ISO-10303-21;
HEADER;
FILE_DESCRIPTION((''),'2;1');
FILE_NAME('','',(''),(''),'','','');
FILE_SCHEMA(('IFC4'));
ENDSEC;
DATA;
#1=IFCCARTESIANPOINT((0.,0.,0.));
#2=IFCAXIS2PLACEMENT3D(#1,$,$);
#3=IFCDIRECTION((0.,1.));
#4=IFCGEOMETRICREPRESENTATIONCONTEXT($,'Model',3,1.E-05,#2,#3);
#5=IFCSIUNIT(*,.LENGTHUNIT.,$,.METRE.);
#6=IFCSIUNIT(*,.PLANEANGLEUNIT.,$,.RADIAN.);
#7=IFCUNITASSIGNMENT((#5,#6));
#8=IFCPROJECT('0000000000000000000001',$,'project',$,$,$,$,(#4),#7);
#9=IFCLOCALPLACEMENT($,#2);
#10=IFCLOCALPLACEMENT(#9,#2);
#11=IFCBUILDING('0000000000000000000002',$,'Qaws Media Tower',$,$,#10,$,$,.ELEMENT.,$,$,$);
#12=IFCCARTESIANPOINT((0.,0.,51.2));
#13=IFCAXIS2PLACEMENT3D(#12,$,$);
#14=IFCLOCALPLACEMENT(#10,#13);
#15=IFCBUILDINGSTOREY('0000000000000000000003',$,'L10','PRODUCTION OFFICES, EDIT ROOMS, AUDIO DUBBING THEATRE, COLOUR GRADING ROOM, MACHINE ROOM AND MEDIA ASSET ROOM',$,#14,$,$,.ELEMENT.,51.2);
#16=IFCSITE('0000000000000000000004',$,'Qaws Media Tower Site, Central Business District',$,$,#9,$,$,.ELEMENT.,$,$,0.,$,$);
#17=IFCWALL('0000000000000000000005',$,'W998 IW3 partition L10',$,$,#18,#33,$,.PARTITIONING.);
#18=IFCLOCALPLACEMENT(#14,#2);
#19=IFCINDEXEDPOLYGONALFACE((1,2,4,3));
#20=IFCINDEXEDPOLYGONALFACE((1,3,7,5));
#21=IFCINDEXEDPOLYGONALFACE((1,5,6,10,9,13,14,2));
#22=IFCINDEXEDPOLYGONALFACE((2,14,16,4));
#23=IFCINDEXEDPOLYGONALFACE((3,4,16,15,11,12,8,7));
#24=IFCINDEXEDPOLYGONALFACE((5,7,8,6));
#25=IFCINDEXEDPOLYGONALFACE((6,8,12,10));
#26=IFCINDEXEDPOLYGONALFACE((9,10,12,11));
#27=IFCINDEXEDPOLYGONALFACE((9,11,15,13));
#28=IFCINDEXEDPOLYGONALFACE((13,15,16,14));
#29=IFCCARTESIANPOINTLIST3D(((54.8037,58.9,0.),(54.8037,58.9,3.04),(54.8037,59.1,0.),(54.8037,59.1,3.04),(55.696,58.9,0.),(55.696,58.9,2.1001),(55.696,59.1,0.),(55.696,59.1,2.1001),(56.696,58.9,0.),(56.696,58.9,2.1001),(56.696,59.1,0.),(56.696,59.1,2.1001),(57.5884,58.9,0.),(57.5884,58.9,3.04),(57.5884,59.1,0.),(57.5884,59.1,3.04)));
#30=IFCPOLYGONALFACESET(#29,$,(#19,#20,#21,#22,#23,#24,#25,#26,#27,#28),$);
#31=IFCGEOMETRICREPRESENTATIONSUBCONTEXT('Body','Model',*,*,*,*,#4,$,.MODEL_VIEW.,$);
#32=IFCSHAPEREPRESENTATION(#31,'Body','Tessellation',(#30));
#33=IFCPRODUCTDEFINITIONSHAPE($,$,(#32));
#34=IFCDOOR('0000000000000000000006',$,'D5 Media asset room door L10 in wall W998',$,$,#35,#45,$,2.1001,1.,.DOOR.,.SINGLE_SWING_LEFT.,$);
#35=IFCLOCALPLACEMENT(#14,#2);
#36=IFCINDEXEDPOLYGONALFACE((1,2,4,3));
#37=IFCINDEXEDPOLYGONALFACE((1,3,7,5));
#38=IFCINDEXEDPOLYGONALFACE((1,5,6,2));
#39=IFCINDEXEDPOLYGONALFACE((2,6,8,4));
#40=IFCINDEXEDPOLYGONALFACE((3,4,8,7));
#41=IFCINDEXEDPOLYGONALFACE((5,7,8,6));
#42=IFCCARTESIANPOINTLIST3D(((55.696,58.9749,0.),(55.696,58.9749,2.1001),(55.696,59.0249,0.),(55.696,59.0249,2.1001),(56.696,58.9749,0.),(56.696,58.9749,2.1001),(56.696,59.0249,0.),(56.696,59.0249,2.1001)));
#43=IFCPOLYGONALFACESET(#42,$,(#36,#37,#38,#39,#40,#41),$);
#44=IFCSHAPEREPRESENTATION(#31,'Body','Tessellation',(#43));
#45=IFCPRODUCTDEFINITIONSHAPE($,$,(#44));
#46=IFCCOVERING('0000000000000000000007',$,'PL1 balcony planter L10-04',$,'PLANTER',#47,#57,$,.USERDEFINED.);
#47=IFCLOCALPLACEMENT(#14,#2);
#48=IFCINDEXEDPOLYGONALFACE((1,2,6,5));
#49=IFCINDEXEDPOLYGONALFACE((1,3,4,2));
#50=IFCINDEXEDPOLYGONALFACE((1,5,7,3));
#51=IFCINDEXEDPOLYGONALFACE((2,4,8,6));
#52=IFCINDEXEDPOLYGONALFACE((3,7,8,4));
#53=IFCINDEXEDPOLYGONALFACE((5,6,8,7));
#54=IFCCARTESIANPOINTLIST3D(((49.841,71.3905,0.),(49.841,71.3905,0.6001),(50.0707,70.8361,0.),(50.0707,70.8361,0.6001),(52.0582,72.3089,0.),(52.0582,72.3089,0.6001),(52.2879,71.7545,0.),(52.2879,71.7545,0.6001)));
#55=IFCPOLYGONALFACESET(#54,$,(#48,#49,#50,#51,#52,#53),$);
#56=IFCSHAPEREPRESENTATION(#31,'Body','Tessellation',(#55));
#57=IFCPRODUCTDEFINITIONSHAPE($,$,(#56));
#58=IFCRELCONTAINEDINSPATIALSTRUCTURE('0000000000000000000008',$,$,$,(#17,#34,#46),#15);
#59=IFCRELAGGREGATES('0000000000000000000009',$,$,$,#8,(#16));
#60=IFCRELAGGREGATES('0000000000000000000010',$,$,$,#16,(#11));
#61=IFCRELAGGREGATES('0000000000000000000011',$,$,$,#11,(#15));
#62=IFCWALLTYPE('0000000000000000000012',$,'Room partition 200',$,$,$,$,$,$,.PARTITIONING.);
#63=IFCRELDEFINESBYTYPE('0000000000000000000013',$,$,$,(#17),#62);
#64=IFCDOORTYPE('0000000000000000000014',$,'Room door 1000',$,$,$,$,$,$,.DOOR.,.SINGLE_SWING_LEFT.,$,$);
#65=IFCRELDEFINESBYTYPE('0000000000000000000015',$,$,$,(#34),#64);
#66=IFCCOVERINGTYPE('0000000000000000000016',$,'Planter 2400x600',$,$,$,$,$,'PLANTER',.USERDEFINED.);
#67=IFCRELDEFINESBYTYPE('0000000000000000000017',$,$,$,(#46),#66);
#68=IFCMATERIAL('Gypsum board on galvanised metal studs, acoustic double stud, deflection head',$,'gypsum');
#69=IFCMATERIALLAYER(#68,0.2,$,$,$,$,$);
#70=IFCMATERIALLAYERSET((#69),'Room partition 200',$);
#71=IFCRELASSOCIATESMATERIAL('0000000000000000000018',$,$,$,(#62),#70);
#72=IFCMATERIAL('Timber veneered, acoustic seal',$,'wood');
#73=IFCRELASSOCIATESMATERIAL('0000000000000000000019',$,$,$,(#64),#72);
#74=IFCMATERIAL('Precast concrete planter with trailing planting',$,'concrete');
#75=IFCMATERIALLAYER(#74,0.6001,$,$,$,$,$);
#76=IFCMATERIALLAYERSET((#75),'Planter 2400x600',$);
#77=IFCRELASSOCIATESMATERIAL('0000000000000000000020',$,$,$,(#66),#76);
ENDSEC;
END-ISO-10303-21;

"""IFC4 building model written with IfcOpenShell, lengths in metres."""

from ifc_helpers import new_model, si_unit, direction, frame, frame_2d, origin, origin_2d, place, context, subcontext, project, spatial, rectangle, extrude, material, layer, layer_set, type_object, element, fill, save


model = new_model("IFC4")

# Units and contexts
model_context = context("Model", 3, precision=1e-05, world=origin(), true_north=direction((0.0, 1.0)))
body_context = subcontext(model_context, "Body", "Model", "MODEL_VIEW")
ifc_project = project(units=[si_unit("LENGTHUNIT", "METRE"), si_unit("PLANEANGLEUNIT", "RADIAN")], contexts=[model_context])

# Site, building, storey
site_placement = place(None, origin())
site = spatial("IfcSite", under=ifc_project, at=site_placement, Name="Qaws Media Tower Site, Central Business District", CompositionType="ELEMENT", RefElevation=0.0)
building_placement = place(site_placement, origin())
building = spatial("IfcBuilding", under=site, at=building_placement, Name="Qaws Media Tower", CompositionType="ELEMENT")
storey_placement = place(building_placement, frame((0.0, 0.0, 51.2)))
storey = spatial("IfcBuildingStorey", under=building, at=storey_placement, Name="L10", Description="PRODUCTION OFFICES, EDIT ROOMS, AUDIO DUBBING THEATRE, COLOUR GRADING ROOM, MACHINE ROOM AND MEDIA ASSET ROOM", CompositionType="ELEMENT", Elevation=51.2)

# Shared definitions
ifc_material_1 = material(Name="Gypsum board on galvanised metal studs, acoustic double stud, deflection head", Category="gypsum")
ifc_layer_1 = layer(ifc_material_1, 0.2)
ifc_layer_set_1 = layer_set([ifc_layer_1], Name="Room partition 200")
wall_type_1 = type_object("IfcWallType", Name="Room partition 200", PredefinedType="PARTITIONING", material=ifc_layer_set_1)

# Wall, opening, door
wall_1_placement = place(storey_placement, frame((54.8037, 59.0, 0.0), z_axis=(0.0, 0.0, 1.0), x_axis=(1.0, 0.0, 0.0)))
wall_1 = element("IfcWall", 1, at=wall_1_placement, inside=storey, type_object=wall_type_1, Name="W998 IW3 partition L10", PredefinedType="PARTITIONING", context=body_context, shape_type="SweptSolid", body=[
    extrude(rectangle(XDim=2.7847, YDim=0.2, at=frame_2d((1.3923, 0.0))), origin(), (0.0, 0.0, 1.0), 3.04),
])
opening_placement = place(wall_1_placement, frame((0.8923, 0.0, 0.0)))
opening = element("IfcOpeningElement", 2, at=opening_placement, cuts=wall_1, PredefinedType="OPENING", context=body_context, shape_type="SweptSolid", body=[
    extrude(rectangle(XDim=1.0, YDim=2.1001, at=frame_2d((0.5, 1.05))), frame((0.0, 0.1099, 0.0), z_axis=(0.0, -1.0, 0.0), x_axis=(1.0, 0.0, 0.0)), (0.0, 0.0, 1.0), 0.22),
])
ifc_material_2 = material(Name="Timber veneered, acoustic seal", Category="wood")
door_type = type_object("IfcDoorType", Name="Room door 1000", OperationType="SINGLE_SWING_LEFT", PredefinedType="DOOR", material=ifc_material_2)
door_placement = place(opening_placement, origin())
door = element("IfcDoor", 3, at=door_placement, inside=storey, type_object=door_type, Name="D5 Media asset room door L10 in wall W998", OperationType="SINGLE_SWING_LEFT", OverallHeight=2.1001, OverallWidth=1.0, PredefinedType="DOOR", context=body_context, shape_type="SweptSolid", body=[
    extrude(rectangle(XDim=1.0, YDim=2.1001, at=frame_2d((0.5, 1.05))), frame((0.0, 0.0249, 0.0), z_axis=(0.0, -1.0, 0.0), x_axis=(1.0, 0.0, 0.0)), (0.0, 0.0, 1.0), 0.05),
])
fill(opening, door)

# Covering
ifc_material_3 = material(Name="Precast concrete planter with trailing planting", Category="concrete")
ifc_layer_2 = layer(ifc_material_3, 0.6001)
ifc_layer_set_2 = layer_set([ifc_layer_2], Name="Planter 2400x600")
covering_type = type_object("IfcCoveringType", Name="Planter 2400x600", ElementType="PLANTER", PredefinedType="USERDEFINED", material=ifc_layer_set_2)
covering_placement = place(storey_placement, frame((51.0645, 71.5725, 0.0), z_axis=(0.0, 0.0, 1.0), x_axis=(-0.92388, -0.382683, 0.0)))
element("IfcCovering", 4, at=covering_placement, inside=storey, type_object=covering_type, Name="PL1 balcony planter L10-04", ObjectType="PLANTER", PredefinedType="USERDEFINED", context=body_context, shape_type="SweptSolid", body=[
    extrude(rectangle(XDim=2.3999, YDim=0.6001, at=origin_2d()), origin(), (0.0, 0.0, 1.0), 0.6001),
])

save(model, "model.ifc")
